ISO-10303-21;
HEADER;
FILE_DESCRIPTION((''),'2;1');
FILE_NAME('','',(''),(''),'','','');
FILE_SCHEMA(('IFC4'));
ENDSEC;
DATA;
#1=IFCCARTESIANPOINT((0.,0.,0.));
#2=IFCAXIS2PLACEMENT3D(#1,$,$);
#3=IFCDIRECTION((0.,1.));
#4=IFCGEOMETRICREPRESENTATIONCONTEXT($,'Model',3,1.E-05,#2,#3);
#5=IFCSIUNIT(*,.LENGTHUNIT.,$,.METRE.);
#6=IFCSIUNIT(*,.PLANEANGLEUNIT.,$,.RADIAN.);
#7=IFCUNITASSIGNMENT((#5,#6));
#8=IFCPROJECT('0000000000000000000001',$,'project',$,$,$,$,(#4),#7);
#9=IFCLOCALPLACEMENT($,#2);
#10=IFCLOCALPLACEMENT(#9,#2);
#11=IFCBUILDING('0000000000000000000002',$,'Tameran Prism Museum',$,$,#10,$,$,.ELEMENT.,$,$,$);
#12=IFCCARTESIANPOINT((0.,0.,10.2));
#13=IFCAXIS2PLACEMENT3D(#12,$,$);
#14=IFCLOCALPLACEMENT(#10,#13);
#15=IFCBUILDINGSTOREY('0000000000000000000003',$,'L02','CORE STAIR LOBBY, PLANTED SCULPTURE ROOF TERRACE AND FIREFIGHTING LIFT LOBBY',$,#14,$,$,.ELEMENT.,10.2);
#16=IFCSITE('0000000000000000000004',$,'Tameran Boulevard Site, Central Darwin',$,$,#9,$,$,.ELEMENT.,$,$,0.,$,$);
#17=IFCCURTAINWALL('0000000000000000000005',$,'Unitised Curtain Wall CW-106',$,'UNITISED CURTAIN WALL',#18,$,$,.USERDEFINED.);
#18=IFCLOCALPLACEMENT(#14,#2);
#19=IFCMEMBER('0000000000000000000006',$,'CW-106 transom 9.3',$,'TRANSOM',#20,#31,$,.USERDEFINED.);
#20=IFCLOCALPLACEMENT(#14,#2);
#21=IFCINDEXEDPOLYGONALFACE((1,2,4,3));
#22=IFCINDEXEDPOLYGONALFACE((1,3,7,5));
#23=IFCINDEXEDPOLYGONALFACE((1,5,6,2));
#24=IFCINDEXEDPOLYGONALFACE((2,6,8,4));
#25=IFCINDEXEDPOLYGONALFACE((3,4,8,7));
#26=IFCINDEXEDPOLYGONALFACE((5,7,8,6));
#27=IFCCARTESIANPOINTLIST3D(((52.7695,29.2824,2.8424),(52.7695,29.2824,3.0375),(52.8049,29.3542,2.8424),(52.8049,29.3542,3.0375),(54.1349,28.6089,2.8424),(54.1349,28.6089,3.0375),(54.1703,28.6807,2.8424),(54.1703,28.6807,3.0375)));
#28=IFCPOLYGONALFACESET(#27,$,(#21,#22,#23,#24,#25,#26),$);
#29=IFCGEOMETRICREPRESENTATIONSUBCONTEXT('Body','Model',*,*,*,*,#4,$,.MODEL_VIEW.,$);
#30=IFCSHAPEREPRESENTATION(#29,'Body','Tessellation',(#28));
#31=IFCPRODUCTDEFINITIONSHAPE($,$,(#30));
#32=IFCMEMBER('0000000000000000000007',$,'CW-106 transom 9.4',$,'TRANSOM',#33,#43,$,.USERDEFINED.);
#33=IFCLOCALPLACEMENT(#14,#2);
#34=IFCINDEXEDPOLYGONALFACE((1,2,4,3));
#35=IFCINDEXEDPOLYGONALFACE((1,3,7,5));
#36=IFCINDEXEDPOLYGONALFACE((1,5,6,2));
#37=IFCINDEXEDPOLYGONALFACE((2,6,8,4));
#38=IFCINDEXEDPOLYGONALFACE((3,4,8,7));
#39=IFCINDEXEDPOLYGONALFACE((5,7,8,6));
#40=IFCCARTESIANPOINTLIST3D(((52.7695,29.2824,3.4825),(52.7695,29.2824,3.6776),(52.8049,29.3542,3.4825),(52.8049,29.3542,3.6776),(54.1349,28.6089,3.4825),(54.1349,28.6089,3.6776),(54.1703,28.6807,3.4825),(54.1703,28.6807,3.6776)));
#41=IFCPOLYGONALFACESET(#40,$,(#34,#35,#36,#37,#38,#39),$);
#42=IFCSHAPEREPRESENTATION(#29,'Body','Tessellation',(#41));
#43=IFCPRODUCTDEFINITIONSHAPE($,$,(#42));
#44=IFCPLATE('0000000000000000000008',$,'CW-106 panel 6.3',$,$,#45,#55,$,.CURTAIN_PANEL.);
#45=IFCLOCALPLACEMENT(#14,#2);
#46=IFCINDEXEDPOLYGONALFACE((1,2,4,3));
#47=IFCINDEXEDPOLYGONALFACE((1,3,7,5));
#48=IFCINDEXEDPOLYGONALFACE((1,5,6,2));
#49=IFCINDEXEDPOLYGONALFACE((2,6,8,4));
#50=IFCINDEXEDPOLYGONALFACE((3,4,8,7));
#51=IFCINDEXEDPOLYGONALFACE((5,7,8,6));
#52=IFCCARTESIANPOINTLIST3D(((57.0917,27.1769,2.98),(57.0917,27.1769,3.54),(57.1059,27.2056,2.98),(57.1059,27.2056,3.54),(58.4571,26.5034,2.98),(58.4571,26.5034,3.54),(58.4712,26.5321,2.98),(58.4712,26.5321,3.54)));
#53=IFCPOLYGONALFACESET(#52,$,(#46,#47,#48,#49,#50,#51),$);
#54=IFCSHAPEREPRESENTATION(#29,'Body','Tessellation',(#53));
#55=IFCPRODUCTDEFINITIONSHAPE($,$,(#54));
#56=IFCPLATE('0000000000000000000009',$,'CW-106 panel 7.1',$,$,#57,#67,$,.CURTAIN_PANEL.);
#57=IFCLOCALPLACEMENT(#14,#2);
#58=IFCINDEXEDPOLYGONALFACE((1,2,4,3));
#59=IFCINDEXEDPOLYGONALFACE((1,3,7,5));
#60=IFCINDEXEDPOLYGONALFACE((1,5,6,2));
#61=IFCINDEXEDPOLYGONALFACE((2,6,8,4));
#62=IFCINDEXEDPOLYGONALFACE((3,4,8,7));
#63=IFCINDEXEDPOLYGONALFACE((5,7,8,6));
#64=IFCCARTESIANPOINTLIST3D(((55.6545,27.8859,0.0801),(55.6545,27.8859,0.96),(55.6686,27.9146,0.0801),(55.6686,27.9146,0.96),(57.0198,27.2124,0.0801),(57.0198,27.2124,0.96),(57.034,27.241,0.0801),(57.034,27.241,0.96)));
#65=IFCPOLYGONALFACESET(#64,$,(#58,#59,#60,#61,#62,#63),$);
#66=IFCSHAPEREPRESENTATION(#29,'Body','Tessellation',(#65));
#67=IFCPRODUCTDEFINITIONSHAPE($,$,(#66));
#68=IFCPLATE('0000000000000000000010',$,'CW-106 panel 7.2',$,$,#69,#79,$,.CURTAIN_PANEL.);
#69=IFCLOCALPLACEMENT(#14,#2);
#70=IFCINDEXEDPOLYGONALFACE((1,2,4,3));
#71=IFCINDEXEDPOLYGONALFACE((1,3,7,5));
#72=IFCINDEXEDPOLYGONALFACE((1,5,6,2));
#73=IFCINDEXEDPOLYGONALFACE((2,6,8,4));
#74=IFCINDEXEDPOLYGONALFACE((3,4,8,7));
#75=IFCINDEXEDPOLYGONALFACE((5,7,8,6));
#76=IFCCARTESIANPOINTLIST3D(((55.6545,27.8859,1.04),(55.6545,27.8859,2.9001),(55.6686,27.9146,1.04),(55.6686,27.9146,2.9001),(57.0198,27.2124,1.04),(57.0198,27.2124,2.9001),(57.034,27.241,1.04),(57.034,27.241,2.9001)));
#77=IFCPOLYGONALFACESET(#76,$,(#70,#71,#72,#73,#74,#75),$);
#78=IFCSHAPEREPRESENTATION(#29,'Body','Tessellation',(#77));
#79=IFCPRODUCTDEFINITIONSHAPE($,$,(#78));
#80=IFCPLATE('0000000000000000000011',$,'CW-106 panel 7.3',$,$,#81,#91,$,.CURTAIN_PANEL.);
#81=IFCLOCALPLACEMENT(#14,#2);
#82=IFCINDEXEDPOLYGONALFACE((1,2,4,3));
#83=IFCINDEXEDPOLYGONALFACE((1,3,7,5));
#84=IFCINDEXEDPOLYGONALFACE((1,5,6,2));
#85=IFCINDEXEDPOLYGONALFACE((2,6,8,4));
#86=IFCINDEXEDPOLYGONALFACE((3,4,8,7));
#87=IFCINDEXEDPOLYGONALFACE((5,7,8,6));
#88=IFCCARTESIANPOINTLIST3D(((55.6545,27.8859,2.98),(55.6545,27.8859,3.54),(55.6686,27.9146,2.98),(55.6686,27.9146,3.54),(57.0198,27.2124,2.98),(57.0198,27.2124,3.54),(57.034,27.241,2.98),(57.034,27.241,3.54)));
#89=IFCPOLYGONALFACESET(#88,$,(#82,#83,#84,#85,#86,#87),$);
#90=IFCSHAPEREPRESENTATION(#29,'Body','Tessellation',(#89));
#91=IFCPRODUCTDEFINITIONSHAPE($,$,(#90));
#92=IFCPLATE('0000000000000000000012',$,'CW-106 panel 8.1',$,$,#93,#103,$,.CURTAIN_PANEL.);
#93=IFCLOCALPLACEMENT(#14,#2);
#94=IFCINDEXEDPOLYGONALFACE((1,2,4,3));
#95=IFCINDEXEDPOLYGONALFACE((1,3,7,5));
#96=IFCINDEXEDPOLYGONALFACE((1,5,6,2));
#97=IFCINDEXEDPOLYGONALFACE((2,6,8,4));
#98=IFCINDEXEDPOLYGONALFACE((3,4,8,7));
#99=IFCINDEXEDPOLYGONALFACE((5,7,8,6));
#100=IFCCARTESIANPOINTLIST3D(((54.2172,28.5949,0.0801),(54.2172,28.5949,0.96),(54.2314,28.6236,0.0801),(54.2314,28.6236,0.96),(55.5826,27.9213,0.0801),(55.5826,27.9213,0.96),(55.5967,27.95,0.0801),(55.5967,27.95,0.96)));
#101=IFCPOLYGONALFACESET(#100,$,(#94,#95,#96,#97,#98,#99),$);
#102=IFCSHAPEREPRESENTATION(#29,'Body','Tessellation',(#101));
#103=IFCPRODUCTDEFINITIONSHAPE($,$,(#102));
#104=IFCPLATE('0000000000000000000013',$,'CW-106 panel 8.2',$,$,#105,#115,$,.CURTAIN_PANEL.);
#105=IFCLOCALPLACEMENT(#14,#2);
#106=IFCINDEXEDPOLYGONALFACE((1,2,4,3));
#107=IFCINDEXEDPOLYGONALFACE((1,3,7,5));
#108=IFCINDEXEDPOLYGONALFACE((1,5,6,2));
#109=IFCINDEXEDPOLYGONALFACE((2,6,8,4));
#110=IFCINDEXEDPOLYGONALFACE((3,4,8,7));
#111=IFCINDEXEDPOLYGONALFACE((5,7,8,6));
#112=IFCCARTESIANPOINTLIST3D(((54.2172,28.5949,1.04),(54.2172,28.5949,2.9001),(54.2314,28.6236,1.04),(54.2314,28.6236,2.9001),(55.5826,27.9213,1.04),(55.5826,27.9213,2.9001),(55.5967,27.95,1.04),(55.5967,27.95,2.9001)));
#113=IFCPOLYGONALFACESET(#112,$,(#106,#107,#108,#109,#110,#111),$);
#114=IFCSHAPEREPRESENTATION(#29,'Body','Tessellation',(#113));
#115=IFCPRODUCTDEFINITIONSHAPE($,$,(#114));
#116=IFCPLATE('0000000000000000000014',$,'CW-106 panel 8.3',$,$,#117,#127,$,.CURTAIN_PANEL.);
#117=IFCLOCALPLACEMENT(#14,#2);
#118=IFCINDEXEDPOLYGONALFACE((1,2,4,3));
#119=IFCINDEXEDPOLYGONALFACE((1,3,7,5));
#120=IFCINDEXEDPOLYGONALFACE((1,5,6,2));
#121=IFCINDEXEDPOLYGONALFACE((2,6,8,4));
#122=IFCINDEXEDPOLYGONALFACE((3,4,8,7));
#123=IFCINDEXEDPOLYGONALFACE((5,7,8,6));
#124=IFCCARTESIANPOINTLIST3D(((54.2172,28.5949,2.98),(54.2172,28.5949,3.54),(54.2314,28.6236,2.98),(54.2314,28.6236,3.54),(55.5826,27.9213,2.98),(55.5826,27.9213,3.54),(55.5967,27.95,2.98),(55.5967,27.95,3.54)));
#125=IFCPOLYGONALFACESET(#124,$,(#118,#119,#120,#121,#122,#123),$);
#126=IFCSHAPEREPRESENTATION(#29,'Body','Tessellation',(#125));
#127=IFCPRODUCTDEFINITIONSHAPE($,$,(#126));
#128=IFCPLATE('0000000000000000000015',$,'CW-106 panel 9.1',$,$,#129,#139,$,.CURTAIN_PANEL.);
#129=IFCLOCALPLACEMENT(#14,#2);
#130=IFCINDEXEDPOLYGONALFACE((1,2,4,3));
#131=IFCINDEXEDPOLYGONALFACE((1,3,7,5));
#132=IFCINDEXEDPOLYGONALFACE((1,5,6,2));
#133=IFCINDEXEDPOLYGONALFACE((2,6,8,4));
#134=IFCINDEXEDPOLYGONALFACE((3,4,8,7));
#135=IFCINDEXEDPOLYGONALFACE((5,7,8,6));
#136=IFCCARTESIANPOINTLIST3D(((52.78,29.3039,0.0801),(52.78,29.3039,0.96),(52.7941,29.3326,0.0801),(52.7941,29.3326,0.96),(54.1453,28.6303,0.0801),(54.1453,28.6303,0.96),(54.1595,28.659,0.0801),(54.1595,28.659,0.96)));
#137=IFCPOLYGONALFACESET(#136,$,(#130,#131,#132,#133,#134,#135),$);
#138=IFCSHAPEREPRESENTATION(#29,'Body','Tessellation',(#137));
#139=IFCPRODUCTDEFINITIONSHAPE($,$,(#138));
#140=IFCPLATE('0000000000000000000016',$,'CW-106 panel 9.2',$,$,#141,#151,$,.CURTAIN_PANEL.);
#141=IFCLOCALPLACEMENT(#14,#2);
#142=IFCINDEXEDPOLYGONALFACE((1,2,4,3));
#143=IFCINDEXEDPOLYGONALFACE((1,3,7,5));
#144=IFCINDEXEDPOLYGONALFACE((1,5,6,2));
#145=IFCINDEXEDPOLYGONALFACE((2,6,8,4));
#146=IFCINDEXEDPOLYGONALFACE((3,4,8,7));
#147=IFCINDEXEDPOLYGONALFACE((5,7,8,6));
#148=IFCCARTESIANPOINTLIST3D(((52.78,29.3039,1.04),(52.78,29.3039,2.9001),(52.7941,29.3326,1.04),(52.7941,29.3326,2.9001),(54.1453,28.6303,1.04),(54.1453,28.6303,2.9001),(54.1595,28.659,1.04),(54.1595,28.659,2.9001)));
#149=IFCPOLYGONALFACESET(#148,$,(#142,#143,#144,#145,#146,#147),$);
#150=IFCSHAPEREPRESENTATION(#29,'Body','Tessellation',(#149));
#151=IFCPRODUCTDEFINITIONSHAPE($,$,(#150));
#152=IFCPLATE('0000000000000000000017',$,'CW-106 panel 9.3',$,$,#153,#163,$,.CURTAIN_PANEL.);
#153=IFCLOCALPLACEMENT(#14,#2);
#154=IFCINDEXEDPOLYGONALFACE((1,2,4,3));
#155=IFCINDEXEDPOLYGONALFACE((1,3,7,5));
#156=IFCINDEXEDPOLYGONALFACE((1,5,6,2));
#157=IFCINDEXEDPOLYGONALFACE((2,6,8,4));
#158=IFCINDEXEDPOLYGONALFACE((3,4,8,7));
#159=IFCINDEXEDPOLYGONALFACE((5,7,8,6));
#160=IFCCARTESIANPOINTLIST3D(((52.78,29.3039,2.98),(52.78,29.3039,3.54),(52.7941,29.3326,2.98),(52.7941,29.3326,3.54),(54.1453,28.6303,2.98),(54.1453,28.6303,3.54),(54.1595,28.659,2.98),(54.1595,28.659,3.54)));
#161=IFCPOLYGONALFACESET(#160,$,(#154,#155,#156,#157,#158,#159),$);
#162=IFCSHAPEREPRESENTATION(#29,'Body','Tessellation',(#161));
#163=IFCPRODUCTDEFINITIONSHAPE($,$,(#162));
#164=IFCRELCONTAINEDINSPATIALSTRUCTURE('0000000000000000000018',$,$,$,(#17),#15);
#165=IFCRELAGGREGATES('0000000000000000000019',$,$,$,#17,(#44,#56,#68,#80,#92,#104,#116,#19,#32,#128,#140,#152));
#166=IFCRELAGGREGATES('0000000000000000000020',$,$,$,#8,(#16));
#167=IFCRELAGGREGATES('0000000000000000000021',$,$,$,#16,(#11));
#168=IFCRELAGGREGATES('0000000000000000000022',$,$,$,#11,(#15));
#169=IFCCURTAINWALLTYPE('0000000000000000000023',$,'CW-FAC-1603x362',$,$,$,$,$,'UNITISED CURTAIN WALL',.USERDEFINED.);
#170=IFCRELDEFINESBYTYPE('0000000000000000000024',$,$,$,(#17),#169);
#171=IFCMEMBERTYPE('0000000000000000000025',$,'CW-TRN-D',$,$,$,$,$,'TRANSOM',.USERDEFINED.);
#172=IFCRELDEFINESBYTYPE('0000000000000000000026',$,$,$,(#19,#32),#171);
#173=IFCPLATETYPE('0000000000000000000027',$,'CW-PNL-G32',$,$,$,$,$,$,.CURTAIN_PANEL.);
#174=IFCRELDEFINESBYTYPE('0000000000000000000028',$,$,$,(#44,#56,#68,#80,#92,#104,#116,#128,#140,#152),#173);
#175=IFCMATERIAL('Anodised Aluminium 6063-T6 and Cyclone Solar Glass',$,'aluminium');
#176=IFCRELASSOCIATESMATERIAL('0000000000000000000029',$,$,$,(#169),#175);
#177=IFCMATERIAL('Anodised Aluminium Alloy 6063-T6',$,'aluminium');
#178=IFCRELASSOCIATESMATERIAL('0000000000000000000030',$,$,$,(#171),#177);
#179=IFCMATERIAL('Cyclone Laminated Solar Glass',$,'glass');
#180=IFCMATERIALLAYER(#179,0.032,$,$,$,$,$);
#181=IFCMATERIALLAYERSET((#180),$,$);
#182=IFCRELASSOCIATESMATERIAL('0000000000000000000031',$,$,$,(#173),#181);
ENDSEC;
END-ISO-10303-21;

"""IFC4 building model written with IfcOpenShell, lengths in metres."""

from ifc_helpers import new_model, si_unit, direction, frame, origin, origin_2d, place, context, subcontext, project, spatial, rectangle, extrude, material, layer, layer_set, material_profile, profile_set, type_object, element, aggregate, save


model = new_model("IFC4")

# Units and contexts
model_context = context("Model", 3, precision=1e-05, world=origin(), true_north=direction((0.0, 1.0)))
body_context = subcontext(model_context, "Body", "Model", "MODEL_VIEW")
ifc_project = project(units=[si_unit("LENGTHUNIT", "METRE"), si_unit("PLANEANGLEUNIT", "RADIAN")], contexts=[model_context])

# Site, building, storey
site_placement = place(None, origin())
site = spatial("IfcSite", under=ifc_project, at=site_placement, Name="Tameran Boulevard Site, Central Darwin", CompositionType="ELEMENT", RefElevation=0.0)
building_placement = place(site_placement, origin())
building = spatial("IfcBuilding", under=site, at=building_placement, Name="Tameran Prism Museum", CompositionType="ELEMENT")
storey_placement = place(building_placement, frame((0.0, 0.0, 10.2)))
storey = spatial("IfcBuildingStorey", under=building, at=storey_placement, Name="L02", Description="CORE STAIR LOBBY, PLANTED SCULPTURE ROOF TERRACE AND FIREFIGHTING LIFT LOBBY", CompositionType="ELEMENT", Elevation=10.2)

# Curtain wall, members, plates
ifc_material_1 = material(Name="Anodised Aluminium 6063-T6 and Cyclone Solar Glass", Category="aluminium")
curtain_wall_type = type_object("IfcCurtainWallType", Name="CW-FAC-1603x362", ElementType="UNITISED CURTAIN WALL", PredefinedType="USERDEFINED", material=ifc_material_1)
curtain_wall_placement = place(storey_placement, origin())
curtain_wall = element("IfcCurtainWall", 1, at=curtain_wall_placement, inside=storey, type_object=curtain_wall_type, Name="Unitised Curtain Wall CW-106", ObjectType="UNITISED CURTAIN WALL", PredefinedType="USERDEFINED")
ifc_material_2 = material(Name="Anodised Aluminium Alloy 6063-T6", Category="aluminium")
ifc_material_profile_1 = material_profile(ifc_material_2, rectangle(XDim=0.0801, YDim=0.1951, at=origin_2d()))
ifc_profile_set_1 = profile_set([ifc_material_profile_1])
member_type_1 = type_object("IfcMemberType", Name="CW-TRN-D", ElementType="TRANSOM", PredefinedType="USERDEFINED", material=ifc_profile_set_1)
member_1_placement = place(storey_placement, frame((54.1526, 28.6448, 2.9399), z_axis=(-0.896819, 0.442397, 0.0), x_axis=(-0.442397, -0.896819, 0.0)))
member_1 = element("IfcMember", 2, at=member_1_placement, type_object=member_type_1, Name="CW-106 transom 9.3", ObjectType="TRANSOM", PredefinedType="USERDEFINED", context=body_context, shape_type="SweptSolid", body=[
    extrude(rectangle(XDim=0.0801, YDim=0.1951, at=origin_2d()), origin(), (0.0, 0.0, 1.0), 1.5225),
])
member_2_placement = place(storey_placement, frame((54.1526, 28.6448, 3.5801), z_axis=(-0.896819, 0.442397, 0.0), x_axis=(-0.442397, -0.896819, 0.0)))
member_2 = element("IfcMember", 3, at=member_2_placement, type_object=member_type_1, Name="CW-106 transom 9.4", ObjectType="TRANSOM", PredefinedType="USERDEFINED", context=body_context, shape_type="SweptSolid", body=[
    extrude(rectangle(XDim=0.0801, YDim=0.1951, at=origin_2d()), origin(), (0.0, 0.0, 1.0), 1.5225),
])
ifc_material_3 = material(Name="Cyclone Laminated Solar Glass", Category="glass")
ifc_layer = layer(ifc_material_3, 0.032)
ifc_layer_set = layer_set([ifc_layer])
plate_type = type_object("IfcPlateType", Name="CW-PNL-G32", PredefinedType="CURTAIN_PANEL", material=ifc_layer_set)
plate_1_placement = place(storey_placement, frame((57.7815, 26.8545, 2.98), z_axis=(0.0, 0.0, 1.0), x_axis=(-0.896811, 0.442415, 0.0)))
plate_1 = element("IfcPlate", 4, at=plate_1_placement, type_object=plate_type, Name="CW-106 panel 6.3", PredefinedType="CURTAIN_PANEL", context=body_context, shape_type="SweptSolid", body=[
    extrude(rectangle(XDim=1.5225, YDim=0.032, at=origin_2d()), origin(), (0.0, 0.0, 1.0), 0.5601),
])
plate_2_placement = place(storey_placement, frame((56.3442, 27.5635, 0.0801), z_axis=(0.0, 0.0, 1.0), x_axis=(-0.896811, 0.442415, 0.0)))
plate_2 = element("IfcPlate", 5, at=plate_2_placement, type_object=plate_type, Name="CW-106 panel 7.1", PredefinedType="CURTAIN_PANEL", context=body_context, shape_type="SweptSolid", body=[
    extrude(rectangle(XDim=1.5225, YDim=0.032, at=origin_2d()), origin(), (0.0, 0.0, 1.0), 0.8799),
])
plate_3_placement = place(storey_placement, frame((56.3442, 27.5635, 1.04), z_axis=(0.0, 0.0, 1.0), x_axis=(-0.896811, 0.442415, 0.0)))
plate_3 = element("IfcPlate", 6, at=plate_3_placement, type_object=plate_type, Name="CW-106 panel 7.2", PredefinedType="CURTAIN_PANEL", context=body_context, shape_type="SweptSolid", body=[
    extrude(rectangle(XDim=1.5225, YDim=0.032, at=origin_2d()), origin(), (0.0, 0.0, 1.0), 1.8601),
])
plate_4_placement = place(storey_placement, frame((56.3442, 27.5635, 2.98), z_axis=(0.0, 0.0, 1.0), x_axis=(-0.896811, 0.442415, 0.0)))
plate_4 = element("IfcPlate", 7, at=plate_4_placement, type_object=plate_type, Name="CW-106 panel 7.3", PredefinedType="CURTAIN_PANEL", context=body_context, shape_type="SweptSolid", body=[
    extrude(rectangle(XDim=1.5225, YDim=0.032, at=origin_2d()), origin(), (0.0, 0.0, 1.0), 0.5601),
])
plate_5_placement = place(storey_placement, frame((54.907, 28.2725, 0.0801), z_axis=(0.0, 0.0, 1.0), x_axis=(-0.896811, 0.442415, 0.0)))
plate_5 = element("IfcPlate", 8, at=plate_5_placement, type_object=plate_type, Name="CW-106 panel 8.1", PredefinedType="CURTAIN_PANEL", context=body_context, shape_type="SweptSolid", body=[
    extrude(rectangle(XDim=1.5225, YDim=0.032, at=origin_2d()), origin(), (0.0, 0.0, 1.0), 0.8799),
])
plate_6_placement = place(storey_placement, frame((54.907, 28.2725, 1.04), z_axis=(0.0, 0.0, 1.0), x_axis=(-0.896811, 0.442415, 0.0)))
plate_6 = element("IfcPlate", 9, at=plate_6_placement, type_object=plate_type, Name="CW-106 panel 8.2", PredefinedType="CURTAIN_PANEL", context=body_context, shape_type="SweptSolid", body=[
    extrude(rectangle(XDim=1.5225, YDim=0.032, at=origin_2d()), origin(), (0.0, 0.0, 1.0), 1.8601),
])
plate_7_placement = place(storey_placement, frame((54.907, 28.2725, 2.98), z_axis=(0.0, 0.0, 1.0), x_axis=(-0.896811, 0.442415, 0.0)))
plate_7 = element("IfcPlate", 10, at=plate_7_placement, type_object=plate_type, Name="CW-106 panel 8.3", PredefinedType="CURTAIN_PANEL", context=body_context, shape_type="SweptSolid", body=[
    extrude(rectangle(XDim=1.5225, YDim=0.032, at=origin_2d()), origin(), (0.0, 0.0, 1.0), 0.5601),
])
plate_8_placement = place(storey_placement, frame((53.4697, 28.9814, 0.0801), z_axis=(0.0, 0.0, 1.0), x_axis=(-0.896811, 0.442415, 0.0)))
plate_8 = element("IfcPlate", 11, at=plate_8_placement, type_object=plate_type, Name="CW-106 panel 9.1", PredefinedType="CURTAIN_PANEL", context=body_context, shape_type="SweptSolid", body=[
    extrude(rectangle(XDim=1.5225, YDim=0.032, at=origin_2d()), origin(), (0.0, 0.0, 1.0), 0.8799),
])
plate_9_placement = place(storey_placement, frame((53.4697, 28.9814, 1.04), z_axis=(0.0, 0.0, 1.0), x_axis=(-0.896811, 0.442415, 0.0)))
plate_9 = element("IfcPlate", 12, at=plate_9_placement, type_object=plate_type, Name="CW-106 panel 9.2", PredefinedType="CURTAIN_PANEL", context=body_context, shape_type="SweptSolid", body=[
    extrude(rectangle(XDim=1.5225, YDim=0.032, at=origin_2d()), origin(), (0.0, 0.0, 1.0), 1.8601),
])
plate_10_placement = place(storey_placement, frame((53.4697, 28.9814, 2.98), z_axis=(0.0, 0.0, 1.0), x_axis=(-0.896811, 0.442415, 0.0)))
plate_10 = element("IfcPlate", 13, at=plate_10_placement, type_object=plate_type, Name="CW-106 panel 9.3", PredefinedType="CURTAIN_PANEL", context=body_context, shape_type="SweptSolid", body=[
    extrude(rectangle(XDim=1.5225, YDim=0.032, at=origin_2d()), origin(), (0.0, 0.0, 1.0), 0.5601),
])
aggregate(curtain_wall, [plate_1, plate_2, plate_3, plate_4, plate_5, plate_6, plate_7, member_1, member_2, plate_8, plate_9, plate_10])

save(model, "model.ifc")
